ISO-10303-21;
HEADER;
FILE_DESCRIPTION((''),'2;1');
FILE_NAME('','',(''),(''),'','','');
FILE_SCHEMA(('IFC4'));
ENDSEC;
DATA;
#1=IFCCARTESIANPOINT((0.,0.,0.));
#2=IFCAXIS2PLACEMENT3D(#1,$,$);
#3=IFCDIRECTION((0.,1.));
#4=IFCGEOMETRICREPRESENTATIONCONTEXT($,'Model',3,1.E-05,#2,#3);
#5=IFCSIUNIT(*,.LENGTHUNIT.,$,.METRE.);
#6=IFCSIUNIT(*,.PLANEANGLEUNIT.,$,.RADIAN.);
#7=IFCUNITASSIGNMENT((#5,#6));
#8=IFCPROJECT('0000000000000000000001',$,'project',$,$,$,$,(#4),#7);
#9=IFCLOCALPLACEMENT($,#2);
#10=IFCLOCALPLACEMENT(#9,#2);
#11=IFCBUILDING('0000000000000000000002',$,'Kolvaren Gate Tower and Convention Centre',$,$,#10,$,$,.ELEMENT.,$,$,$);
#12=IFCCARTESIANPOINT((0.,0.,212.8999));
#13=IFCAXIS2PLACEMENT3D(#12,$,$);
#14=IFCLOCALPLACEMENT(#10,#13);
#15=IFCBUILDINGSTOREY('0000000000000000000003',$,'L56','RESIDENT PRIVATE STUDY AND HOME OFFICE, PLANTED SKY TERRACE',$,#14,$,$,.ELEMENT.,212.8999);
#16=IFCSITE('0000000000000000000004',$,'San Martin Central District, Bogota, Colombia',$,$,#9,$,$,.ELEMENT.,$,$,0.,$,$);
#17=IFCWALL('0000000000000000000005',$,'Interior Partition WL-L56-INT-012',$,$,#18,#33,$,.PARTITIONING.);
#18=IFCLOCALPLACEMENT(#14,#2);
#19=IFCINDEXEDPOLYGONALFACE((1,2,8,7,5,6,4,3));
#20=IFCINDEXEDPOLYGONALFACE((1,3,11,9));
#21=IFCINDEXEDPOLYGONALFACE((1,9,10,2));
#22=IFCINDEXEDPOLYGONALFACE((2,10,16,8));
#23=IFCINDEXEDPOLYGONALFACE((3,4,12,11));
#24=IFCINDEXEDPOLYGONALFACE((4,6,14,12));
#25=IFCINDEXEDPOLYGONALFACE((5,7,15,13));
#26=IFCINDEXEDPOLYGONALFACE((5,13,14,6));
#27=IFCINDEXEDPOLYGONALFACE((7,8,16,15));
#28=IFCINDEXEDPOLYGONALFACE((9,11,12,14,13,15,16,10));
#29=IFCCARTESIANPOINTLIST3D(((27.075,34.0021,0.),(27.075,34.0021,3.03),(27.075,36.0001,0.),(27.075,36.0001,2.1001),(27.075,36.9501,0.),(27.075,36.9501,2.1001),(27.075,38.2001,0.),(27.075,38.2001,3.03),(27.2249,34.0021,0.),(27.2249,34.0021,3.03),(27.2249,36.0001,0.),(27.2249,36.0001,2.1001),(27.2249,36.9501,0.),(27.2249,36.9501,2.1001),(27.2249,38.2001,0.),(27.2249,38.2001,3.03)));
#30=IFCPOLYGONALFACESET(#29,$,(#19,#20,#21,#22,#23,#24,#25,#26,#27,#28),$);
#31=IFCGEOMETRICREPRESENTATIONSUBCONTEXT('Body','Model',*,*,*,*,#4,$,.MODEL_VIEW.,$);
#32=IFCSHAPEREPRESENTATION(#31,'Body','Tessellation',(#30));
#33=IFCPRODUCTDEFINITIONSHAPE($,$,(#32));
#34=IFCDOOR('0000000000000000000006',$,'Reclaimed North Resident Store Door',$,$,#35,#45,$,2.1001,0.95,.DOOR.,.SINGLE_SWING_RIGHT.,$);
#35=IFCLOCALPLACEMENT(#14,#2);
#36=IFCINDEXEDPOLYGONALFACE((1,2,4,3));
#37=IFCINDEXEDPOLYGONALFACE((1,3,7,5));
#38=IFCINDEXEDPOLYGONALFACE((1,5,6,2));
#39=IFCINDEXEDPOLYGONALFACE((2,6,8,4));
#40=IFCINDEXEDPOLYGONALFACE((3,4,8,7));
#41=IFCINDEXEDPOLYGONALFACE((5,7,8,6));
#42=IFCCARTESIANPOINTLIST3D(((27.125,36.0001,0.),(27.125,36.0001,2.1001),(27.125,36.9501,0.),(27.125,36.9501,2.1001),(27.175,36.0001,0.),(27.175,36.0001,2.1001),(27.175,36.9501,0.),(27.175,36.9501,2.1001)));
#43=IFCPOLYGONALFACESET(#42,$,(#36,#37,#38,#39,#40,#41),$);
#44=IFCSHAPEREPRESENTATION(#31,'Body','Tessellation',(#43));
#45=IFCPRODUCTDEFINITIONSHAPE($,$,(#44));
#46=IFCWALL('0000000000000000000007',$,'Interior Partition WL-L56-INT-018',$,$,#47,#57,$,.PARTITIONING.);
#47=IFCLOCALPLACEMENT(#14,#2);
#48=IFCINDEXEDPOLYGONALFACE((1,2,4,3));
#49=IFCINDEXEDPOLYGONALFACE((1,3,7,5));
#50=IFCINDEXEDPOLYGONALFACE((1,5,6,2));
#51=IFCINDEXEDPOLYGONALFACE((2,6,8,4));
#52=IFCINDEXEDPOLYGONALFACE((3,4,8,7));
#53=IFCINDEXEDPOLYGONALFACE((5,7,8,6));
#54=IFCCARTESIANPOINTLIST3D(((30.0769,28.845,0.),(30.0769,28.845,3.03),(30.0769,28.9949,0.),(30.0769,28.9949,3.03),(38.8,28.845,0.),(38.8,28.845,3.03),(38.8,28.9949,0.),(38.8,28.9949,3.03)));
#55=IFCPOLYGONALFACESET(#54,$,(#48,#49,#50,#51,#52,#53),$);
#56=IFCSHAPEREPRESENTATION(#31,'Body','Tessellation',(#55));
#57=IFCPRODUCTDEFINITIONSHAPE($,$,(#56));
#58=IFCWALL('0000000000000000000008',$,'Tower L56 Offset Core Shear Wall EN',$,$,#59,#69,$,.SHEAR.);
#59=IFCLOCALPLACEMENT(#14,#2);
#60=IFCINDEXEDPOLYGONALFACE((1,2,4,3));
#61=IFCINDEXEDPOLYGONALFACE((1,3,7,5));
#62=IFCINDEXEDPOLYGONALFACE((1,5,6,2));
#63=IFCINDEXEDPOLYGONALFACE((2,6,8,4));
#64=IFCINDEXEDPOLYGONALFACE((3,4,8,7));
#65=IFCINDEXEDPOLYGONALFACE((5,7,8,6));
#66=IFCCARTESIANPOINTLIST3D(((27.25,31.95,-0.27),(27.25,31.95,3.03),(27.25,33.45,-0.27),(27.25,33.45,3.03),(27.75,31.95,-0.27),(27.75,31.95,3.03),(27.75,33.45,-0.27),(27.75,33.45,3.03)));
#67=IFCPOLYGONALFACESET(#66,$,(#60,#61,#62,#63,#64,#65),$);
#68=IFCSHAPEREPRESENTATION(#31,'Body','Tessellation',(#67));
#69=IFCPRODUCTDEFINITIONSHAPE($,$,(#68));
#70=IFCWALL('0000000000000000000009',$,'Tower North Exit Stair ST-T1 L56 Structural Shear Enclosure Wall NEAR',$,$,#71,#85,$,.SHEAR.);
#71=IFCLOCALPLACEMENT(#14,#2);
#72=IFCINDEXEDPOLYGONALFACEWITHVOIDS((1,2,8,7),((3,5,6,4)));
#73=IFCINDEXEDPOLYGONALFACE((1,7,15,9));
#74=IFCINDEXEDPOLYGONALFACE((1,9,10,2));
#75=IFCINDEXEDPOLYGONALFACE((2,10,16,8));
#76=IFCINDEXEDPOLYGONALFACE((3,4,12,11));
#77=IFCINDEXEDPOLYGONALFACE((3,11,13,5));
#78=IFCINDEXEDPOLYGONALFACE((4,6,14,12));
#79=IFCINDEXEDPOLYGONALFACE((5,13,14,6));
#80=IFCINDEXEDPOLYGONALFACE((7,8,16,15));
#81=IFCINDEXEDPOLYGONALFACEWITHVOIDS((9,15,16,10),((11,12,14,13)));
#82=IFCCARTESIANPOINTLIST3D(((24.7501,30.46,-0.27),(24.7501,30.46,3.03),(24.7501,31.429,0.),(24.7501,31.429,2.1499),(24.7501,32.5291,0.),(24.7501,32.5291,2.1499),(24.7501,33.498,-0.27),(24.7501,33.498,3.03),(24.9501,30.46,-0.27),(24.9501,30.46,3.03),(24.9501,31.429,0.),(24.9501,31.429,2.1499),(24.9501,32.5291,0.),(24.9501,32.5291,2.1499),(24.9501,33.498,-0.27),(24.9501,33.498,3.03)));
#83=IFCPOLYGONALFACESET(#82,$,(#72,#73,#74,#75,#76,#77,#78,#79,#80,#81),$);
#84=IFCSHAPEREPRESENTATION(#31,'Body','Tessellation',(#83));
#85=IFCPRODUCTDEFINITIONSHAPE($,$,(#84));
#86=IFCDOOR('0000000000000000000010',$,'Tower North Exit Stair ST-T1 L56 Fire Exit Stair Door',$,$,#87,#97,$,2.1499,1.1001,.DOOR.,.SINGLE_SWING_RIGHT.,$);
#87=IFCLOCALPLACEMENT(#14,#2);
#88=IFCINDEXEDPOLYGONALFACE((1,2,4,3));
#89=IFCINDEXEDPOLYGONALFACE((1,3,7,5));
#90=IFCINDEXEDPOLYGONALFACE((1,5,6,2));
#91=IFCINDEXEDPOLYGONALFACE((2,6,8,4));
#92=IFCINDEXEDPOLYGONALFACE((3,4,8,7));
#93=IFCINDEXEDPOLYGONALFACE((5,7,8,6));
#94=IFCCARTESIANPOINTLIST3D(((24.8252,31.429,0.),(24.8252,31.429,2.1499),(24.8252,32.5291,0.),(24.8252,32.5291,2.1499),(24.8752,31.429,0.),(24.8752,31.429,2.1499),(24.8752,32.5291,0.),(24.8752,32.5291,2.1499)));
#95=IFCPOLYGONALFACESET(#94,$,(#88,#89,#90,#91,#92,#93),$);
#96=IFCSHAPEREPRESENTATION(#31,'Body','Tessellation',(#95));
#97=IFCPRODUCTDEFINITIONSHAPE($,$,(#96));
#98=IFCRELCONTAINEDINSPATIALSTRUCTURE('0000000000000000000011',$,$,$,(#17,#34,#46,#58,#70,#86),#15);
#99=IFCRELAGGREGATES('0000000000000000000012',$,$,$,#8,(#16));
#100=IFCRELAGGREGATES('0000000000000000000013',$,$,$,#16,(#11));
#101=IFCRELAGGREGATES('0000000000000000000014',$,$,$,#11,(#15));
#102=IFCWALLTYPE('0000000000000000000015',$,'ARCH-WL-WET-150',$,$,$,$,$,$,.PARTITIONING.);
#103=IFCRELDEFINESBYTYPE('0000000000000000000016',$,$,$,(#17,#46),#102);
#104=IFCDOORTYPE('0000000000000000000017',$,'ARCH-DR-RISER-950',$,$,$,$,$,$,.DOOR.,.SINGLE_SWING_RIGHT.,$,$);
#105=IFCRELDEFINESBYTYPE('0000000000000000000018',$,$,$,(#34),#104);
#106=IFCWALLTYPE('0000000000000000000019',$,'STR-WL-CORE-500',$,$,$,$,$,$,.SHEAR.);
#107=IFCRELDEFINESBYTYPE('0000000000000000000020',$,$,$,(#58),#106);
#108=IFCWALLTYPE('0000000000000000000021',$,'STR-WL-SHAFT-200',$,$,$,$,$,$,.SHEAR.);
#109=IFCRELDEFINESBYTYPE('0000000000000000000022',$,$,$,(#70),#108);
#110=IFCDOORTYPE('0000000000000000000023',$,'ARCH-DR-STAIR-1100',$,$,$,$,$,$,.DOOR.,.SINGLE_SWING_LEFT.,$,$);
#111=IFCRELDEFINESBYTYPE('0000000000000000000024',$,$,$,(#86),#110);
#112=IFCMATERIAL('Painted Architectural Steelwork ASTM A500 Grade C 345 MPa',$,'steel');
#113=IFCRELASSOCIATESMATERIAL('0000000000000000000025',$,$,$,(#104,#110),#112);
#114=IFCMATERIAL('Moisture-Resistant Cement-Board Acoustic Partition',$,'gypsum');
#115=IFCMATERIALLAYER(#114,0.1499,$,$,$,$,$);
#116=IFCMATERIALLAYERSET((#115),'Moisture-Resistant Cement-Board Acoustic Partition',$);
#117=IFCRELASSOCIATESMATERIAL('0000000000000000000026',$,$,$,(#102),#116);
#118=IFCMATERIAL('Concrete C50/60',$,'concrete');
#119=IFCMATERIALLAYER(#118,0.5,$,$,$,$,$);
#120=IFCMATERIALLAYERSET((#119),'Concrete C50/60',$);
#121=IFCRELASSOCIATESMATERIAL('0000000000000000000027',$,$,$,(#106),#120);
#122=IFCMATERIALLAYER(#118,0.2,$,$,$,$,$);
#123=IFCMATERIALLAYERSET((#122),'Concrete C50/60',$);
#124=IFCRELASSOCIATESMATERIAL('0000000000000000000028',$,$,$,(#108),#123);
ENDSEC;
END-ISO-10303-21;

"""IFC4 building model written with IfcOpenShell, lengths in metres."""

from ifc_helpers import new_model, si_unit, direction, frame, frame_2d, origin, place, context, subcontext, project, spatial, rectangle, extrude, material, layer, layer_set, type_object, element, fill, save


model = new_model("IFC4")

# Units and contexts
model_context = context("Model", 3, precision=1e-05, world=origin(), true_north=direction((0.0, 1.0)))
body_context = subcontext(model_context, "Body", "Model", "MODEL_VIEW")
ifc_project = project(units=[si_unit("LENGTHUNIT", "METRE"), si_unit("PLANEANGLEUNIT", "RADIAN")], contexts=[model_context])

# Site, building, storey
site_placement = place(None, origin())
site = spatial("IfcSite", under=ifc_project, at=site_placement, Name="San Martin Central District, Bogota, Colombia", CompositionType="ELEMENT", RefElevation=0.0)
building_placement = place(site_placement, origin())
building = spatial("IfcBuilding", under=site, at=building_placement, Name="Kolvaren Gate Tower and Convention Centre", CompositionType="ELEMENT")
storey_placement = place(building_placement, frame((0.0, 0.0, 212.8999)))
storey = spatial("IfcBuildingStorey", under=building, at=storey_placement, Name="L56", Description="RESIDENT PRIVATE STUDY AND HOME OFFICE, PLANTED SKY TERRACE", CompositionType="ELEMENT", Elevation=212.8999)

# Shared definitions
ifc_material_1 = material(Name="Painted Architectural Steelwork ASTM A500 Grade C 345 MPa", Category="steel")
door_type_1 = type_object("IfcDoorType", Name="ARCH-DR-RISER-950", OperationType="SINGLE_SWING_RIGHT", PredefinedType="DOOR", material=ifc_material_1)

# Wall, opening, door
ifc_material_2 = material(Name="Moisture-Resistant Cement-Board Acoustic Partition", Category="gypsum")
ifc_layer_1 = layer(ifc_material_2, 0.1499)
ifc_layer_set_1 = layer_set([ifc_layer_1], Name="Moisture-Resistant Cement-Board Acoustic Partition")
wall_type_1 = type_object("IfcWallType", Name="ARCH-WL-WET-150", PredefinedType="PARTITIONING", material=ifc_layer_set_1)
wall_1_placement = place(storey_placement, frame((27.1499, 34.002, 0.0), z_axis=(0.0, 0.0, 1.0), x_axis=(0.0, 1.0, 0.0)))
wall_1 = element("IfcWall", 1, at=wall_1_placement, inside=storey, type_object=wall_type_1, Name="Interior Partition WL-L56-INT-012", PredefinedType="PARTITIONING", context=body_context, shape_type="SweptSolid", body=[
    extrude(rectangle(XDim=4.198, YDim=0.1499, at=frame_2d((2.0991, 0.0))), origin(), (0.0, 0.0, 1.0), 3.03),
])
opening_1_placement = place(wall_1_placement, frame((1.998, 0.0, 0.0)))
opening_1 = element("IfcOpeningElement", 2, at=opening_1_placement, cuts=wall_1, PredefinedType="OPENING", context=body_context, shape_type="SweptSolid", body=[
    extrude(rectangle(XDim=0.95, YDim=2.1001, at=frame_2d((0.4751, 1.05))), frame((0.0, 0.085, 0.0), z_axis=(0.0, -1.0, 0.0), x_axis=(1.0, 0.0, 0.0)), (0.0, 0.0, 1.0), 0.1699),
])
door_1_placement = place(opening_1_placement, origin())
door_1 = element("IfcDoor", 3, at=door_1_placement, inside=storey, type_object=door_type_1, Name="Reclaimed North Resident Store Door", OperationType="SINGLE_SWING_RIGHT", OverallHeight=2.1001, OverallWidth=0.95, PredefinedType="DOOR", context=body_context, shape_type="SweptSolid", body=[
    extrude(rectangle(XDim=0.95, YDim=2.1001, at=frame_2d((0.4751, 1.05))), frame((0.0, 0.0249, 0.0), z_axis=(0.0, -1.0, 0.0), x_axis=(1.0, 0.0, 0.0)), (0.0, 0.0, 1.0), 0.05),
])
fill(opening_1, door_1)

# Walls
wall_2_placement = place(storey_placement, frame((30.0769, 28.9199, 0.0), z_axis=(0.0, 0.0, 1.0), x_axis=(1.0, 0.0, 0.0)))
element("IfcWall", 4, at=wall_2_placement, inside=storey, type_object=wall_type_1, Name="Interior Partition WL-L56-INT-018", PredefinedType="PARTITIONING", context=body_context, shape_type="SweptSolid", body=[
    extrude(rectangle(XDim=8.7231, YDim=0.1499, at=frame_2d((4.3616, 0.0))), origin(), (0.0, 0.0, 1.0), 3.03),
])
ifc_material_3 = material(Name="Concrete C50/60", Category="concrete")
ifc_layer_2 = layer(ifc_material_3, 0.5)
ifc_layer_set_2 = layer_set([ifc_layer_2], Name="Concrete C50/60")
wall_type_2 = type_object("IfcWallType", Name="STR-WL-CORE-500", PredefinedType="SHEAR", material=ifc_layer_set_2)
wall_3_placement = place(storey_placement, frame((27.5, 31.95, -0.27), z_axis=(0.0, 0.0, 1.0), x_axis=(0.0, 1.0, 0.0)))
element("IfcWall", 5, at=wall_3_placement, inside=storey, type_object=wall_type_2, Name="Tower L56 Offset Core Shear Wall EN", PredefinedType="SHEAR", context=body_context, shape_type="SweptSolid", body=[
    extrude(rectangle(XDim=1.5, YDim=0.5, at=frame_2d((0.75, 0.0))), origin(), (0.0, 0.0, 1.0), 3.3),
])

# Wall, opening, door
ifc_layer_3 = layer(ifc_material_3, 0.2)
ifc_layer_set_3 = layer_set([ifc_layer_3], Name="Concrete C50/60")
wall_type_3 = type_object("IfcWallType", Name="STR-WL-SHAFT-200", PredefinedType="SHEAR", material=ifc_layer_set_3)
wall_4_placement = place(storey_placement, frame((24.8501, 30.46, -0.27), z_axis=(0.0, 0.0, 1.0), x_axis=(0.0, 1.0, 0.0)))
wall_4 = element("IfcWall", 6, at=wall_4_placement, inside=storey, type_object=wall_type_3, Name="Tower North Exit Stair ST-T1 L56 Structural Shear Enclosure Wall NEAR", PredefinedType="SHEAR", context=body_context, shape_type="SweptSolid", body=[
    extrude(rectangle(XDim=3.0381, YDim=0.2, at=frame_2d((1.519, 0.0))), origin(), (0.0, 0.0, 1.0), 3.3),
])
opening_2_placement = place(wall_4_placement, frame((0.969, 0.0, 0.27)))
opening_2 = element("IfcOpeningElement", 7, at=opening_2_placement, cuts=wall_4, PredefinedType="OPENING", context=body_context, shape_type="SweptSolid", body=[
    extrude(rectangle(XDim=1.1001, YDim=2.1499, at=frame_2d((0.55, 1.075))), frame((0.0, 0.1099, 0.0), z_axis=(0.0, -1.0, 0.0), x_axis=(1.0, 0.0, 0.0)), (0.0, 0.0, 1.0), 0.22),
])
door_type_2 = type_object("IfcDoorType", Name="ARCH-DR-STAIR-1100", OperationType="SINGLE_SWING_LEFT", PredefinedType="DOOR", material=ifc_material_1)
door_2_placement = place(opening_2_placement, origin())
door_2 = element("IfcDoor", 8, at=door_2_placement, inside=storey, type_object=door_type_2, Name="Tower North Exit Stair ST-T1 L56 Fire Exit Stair Door", OperationType="SINGLE_SWING_RIGHT", OverallHeight=2.1499, OverallWidth=1.1001, PredefinedType="DOOR", context=body_context, shape_type="SweptSolid", body=[
    extrude(rectangle(XDim=1.1001, YDim=2.1499, at=frame_2d((0.55, 1.075))), frame((0.0, 0.0249, 0.0), z_axis=(0.0, -1.0, 0.0), x_axis=(1.0, 0.0, 0.0)), (0.0, 0.0, 1.0), 0.05),
])
fill(opening_2, door_2)

save(model, "model.ifc")
